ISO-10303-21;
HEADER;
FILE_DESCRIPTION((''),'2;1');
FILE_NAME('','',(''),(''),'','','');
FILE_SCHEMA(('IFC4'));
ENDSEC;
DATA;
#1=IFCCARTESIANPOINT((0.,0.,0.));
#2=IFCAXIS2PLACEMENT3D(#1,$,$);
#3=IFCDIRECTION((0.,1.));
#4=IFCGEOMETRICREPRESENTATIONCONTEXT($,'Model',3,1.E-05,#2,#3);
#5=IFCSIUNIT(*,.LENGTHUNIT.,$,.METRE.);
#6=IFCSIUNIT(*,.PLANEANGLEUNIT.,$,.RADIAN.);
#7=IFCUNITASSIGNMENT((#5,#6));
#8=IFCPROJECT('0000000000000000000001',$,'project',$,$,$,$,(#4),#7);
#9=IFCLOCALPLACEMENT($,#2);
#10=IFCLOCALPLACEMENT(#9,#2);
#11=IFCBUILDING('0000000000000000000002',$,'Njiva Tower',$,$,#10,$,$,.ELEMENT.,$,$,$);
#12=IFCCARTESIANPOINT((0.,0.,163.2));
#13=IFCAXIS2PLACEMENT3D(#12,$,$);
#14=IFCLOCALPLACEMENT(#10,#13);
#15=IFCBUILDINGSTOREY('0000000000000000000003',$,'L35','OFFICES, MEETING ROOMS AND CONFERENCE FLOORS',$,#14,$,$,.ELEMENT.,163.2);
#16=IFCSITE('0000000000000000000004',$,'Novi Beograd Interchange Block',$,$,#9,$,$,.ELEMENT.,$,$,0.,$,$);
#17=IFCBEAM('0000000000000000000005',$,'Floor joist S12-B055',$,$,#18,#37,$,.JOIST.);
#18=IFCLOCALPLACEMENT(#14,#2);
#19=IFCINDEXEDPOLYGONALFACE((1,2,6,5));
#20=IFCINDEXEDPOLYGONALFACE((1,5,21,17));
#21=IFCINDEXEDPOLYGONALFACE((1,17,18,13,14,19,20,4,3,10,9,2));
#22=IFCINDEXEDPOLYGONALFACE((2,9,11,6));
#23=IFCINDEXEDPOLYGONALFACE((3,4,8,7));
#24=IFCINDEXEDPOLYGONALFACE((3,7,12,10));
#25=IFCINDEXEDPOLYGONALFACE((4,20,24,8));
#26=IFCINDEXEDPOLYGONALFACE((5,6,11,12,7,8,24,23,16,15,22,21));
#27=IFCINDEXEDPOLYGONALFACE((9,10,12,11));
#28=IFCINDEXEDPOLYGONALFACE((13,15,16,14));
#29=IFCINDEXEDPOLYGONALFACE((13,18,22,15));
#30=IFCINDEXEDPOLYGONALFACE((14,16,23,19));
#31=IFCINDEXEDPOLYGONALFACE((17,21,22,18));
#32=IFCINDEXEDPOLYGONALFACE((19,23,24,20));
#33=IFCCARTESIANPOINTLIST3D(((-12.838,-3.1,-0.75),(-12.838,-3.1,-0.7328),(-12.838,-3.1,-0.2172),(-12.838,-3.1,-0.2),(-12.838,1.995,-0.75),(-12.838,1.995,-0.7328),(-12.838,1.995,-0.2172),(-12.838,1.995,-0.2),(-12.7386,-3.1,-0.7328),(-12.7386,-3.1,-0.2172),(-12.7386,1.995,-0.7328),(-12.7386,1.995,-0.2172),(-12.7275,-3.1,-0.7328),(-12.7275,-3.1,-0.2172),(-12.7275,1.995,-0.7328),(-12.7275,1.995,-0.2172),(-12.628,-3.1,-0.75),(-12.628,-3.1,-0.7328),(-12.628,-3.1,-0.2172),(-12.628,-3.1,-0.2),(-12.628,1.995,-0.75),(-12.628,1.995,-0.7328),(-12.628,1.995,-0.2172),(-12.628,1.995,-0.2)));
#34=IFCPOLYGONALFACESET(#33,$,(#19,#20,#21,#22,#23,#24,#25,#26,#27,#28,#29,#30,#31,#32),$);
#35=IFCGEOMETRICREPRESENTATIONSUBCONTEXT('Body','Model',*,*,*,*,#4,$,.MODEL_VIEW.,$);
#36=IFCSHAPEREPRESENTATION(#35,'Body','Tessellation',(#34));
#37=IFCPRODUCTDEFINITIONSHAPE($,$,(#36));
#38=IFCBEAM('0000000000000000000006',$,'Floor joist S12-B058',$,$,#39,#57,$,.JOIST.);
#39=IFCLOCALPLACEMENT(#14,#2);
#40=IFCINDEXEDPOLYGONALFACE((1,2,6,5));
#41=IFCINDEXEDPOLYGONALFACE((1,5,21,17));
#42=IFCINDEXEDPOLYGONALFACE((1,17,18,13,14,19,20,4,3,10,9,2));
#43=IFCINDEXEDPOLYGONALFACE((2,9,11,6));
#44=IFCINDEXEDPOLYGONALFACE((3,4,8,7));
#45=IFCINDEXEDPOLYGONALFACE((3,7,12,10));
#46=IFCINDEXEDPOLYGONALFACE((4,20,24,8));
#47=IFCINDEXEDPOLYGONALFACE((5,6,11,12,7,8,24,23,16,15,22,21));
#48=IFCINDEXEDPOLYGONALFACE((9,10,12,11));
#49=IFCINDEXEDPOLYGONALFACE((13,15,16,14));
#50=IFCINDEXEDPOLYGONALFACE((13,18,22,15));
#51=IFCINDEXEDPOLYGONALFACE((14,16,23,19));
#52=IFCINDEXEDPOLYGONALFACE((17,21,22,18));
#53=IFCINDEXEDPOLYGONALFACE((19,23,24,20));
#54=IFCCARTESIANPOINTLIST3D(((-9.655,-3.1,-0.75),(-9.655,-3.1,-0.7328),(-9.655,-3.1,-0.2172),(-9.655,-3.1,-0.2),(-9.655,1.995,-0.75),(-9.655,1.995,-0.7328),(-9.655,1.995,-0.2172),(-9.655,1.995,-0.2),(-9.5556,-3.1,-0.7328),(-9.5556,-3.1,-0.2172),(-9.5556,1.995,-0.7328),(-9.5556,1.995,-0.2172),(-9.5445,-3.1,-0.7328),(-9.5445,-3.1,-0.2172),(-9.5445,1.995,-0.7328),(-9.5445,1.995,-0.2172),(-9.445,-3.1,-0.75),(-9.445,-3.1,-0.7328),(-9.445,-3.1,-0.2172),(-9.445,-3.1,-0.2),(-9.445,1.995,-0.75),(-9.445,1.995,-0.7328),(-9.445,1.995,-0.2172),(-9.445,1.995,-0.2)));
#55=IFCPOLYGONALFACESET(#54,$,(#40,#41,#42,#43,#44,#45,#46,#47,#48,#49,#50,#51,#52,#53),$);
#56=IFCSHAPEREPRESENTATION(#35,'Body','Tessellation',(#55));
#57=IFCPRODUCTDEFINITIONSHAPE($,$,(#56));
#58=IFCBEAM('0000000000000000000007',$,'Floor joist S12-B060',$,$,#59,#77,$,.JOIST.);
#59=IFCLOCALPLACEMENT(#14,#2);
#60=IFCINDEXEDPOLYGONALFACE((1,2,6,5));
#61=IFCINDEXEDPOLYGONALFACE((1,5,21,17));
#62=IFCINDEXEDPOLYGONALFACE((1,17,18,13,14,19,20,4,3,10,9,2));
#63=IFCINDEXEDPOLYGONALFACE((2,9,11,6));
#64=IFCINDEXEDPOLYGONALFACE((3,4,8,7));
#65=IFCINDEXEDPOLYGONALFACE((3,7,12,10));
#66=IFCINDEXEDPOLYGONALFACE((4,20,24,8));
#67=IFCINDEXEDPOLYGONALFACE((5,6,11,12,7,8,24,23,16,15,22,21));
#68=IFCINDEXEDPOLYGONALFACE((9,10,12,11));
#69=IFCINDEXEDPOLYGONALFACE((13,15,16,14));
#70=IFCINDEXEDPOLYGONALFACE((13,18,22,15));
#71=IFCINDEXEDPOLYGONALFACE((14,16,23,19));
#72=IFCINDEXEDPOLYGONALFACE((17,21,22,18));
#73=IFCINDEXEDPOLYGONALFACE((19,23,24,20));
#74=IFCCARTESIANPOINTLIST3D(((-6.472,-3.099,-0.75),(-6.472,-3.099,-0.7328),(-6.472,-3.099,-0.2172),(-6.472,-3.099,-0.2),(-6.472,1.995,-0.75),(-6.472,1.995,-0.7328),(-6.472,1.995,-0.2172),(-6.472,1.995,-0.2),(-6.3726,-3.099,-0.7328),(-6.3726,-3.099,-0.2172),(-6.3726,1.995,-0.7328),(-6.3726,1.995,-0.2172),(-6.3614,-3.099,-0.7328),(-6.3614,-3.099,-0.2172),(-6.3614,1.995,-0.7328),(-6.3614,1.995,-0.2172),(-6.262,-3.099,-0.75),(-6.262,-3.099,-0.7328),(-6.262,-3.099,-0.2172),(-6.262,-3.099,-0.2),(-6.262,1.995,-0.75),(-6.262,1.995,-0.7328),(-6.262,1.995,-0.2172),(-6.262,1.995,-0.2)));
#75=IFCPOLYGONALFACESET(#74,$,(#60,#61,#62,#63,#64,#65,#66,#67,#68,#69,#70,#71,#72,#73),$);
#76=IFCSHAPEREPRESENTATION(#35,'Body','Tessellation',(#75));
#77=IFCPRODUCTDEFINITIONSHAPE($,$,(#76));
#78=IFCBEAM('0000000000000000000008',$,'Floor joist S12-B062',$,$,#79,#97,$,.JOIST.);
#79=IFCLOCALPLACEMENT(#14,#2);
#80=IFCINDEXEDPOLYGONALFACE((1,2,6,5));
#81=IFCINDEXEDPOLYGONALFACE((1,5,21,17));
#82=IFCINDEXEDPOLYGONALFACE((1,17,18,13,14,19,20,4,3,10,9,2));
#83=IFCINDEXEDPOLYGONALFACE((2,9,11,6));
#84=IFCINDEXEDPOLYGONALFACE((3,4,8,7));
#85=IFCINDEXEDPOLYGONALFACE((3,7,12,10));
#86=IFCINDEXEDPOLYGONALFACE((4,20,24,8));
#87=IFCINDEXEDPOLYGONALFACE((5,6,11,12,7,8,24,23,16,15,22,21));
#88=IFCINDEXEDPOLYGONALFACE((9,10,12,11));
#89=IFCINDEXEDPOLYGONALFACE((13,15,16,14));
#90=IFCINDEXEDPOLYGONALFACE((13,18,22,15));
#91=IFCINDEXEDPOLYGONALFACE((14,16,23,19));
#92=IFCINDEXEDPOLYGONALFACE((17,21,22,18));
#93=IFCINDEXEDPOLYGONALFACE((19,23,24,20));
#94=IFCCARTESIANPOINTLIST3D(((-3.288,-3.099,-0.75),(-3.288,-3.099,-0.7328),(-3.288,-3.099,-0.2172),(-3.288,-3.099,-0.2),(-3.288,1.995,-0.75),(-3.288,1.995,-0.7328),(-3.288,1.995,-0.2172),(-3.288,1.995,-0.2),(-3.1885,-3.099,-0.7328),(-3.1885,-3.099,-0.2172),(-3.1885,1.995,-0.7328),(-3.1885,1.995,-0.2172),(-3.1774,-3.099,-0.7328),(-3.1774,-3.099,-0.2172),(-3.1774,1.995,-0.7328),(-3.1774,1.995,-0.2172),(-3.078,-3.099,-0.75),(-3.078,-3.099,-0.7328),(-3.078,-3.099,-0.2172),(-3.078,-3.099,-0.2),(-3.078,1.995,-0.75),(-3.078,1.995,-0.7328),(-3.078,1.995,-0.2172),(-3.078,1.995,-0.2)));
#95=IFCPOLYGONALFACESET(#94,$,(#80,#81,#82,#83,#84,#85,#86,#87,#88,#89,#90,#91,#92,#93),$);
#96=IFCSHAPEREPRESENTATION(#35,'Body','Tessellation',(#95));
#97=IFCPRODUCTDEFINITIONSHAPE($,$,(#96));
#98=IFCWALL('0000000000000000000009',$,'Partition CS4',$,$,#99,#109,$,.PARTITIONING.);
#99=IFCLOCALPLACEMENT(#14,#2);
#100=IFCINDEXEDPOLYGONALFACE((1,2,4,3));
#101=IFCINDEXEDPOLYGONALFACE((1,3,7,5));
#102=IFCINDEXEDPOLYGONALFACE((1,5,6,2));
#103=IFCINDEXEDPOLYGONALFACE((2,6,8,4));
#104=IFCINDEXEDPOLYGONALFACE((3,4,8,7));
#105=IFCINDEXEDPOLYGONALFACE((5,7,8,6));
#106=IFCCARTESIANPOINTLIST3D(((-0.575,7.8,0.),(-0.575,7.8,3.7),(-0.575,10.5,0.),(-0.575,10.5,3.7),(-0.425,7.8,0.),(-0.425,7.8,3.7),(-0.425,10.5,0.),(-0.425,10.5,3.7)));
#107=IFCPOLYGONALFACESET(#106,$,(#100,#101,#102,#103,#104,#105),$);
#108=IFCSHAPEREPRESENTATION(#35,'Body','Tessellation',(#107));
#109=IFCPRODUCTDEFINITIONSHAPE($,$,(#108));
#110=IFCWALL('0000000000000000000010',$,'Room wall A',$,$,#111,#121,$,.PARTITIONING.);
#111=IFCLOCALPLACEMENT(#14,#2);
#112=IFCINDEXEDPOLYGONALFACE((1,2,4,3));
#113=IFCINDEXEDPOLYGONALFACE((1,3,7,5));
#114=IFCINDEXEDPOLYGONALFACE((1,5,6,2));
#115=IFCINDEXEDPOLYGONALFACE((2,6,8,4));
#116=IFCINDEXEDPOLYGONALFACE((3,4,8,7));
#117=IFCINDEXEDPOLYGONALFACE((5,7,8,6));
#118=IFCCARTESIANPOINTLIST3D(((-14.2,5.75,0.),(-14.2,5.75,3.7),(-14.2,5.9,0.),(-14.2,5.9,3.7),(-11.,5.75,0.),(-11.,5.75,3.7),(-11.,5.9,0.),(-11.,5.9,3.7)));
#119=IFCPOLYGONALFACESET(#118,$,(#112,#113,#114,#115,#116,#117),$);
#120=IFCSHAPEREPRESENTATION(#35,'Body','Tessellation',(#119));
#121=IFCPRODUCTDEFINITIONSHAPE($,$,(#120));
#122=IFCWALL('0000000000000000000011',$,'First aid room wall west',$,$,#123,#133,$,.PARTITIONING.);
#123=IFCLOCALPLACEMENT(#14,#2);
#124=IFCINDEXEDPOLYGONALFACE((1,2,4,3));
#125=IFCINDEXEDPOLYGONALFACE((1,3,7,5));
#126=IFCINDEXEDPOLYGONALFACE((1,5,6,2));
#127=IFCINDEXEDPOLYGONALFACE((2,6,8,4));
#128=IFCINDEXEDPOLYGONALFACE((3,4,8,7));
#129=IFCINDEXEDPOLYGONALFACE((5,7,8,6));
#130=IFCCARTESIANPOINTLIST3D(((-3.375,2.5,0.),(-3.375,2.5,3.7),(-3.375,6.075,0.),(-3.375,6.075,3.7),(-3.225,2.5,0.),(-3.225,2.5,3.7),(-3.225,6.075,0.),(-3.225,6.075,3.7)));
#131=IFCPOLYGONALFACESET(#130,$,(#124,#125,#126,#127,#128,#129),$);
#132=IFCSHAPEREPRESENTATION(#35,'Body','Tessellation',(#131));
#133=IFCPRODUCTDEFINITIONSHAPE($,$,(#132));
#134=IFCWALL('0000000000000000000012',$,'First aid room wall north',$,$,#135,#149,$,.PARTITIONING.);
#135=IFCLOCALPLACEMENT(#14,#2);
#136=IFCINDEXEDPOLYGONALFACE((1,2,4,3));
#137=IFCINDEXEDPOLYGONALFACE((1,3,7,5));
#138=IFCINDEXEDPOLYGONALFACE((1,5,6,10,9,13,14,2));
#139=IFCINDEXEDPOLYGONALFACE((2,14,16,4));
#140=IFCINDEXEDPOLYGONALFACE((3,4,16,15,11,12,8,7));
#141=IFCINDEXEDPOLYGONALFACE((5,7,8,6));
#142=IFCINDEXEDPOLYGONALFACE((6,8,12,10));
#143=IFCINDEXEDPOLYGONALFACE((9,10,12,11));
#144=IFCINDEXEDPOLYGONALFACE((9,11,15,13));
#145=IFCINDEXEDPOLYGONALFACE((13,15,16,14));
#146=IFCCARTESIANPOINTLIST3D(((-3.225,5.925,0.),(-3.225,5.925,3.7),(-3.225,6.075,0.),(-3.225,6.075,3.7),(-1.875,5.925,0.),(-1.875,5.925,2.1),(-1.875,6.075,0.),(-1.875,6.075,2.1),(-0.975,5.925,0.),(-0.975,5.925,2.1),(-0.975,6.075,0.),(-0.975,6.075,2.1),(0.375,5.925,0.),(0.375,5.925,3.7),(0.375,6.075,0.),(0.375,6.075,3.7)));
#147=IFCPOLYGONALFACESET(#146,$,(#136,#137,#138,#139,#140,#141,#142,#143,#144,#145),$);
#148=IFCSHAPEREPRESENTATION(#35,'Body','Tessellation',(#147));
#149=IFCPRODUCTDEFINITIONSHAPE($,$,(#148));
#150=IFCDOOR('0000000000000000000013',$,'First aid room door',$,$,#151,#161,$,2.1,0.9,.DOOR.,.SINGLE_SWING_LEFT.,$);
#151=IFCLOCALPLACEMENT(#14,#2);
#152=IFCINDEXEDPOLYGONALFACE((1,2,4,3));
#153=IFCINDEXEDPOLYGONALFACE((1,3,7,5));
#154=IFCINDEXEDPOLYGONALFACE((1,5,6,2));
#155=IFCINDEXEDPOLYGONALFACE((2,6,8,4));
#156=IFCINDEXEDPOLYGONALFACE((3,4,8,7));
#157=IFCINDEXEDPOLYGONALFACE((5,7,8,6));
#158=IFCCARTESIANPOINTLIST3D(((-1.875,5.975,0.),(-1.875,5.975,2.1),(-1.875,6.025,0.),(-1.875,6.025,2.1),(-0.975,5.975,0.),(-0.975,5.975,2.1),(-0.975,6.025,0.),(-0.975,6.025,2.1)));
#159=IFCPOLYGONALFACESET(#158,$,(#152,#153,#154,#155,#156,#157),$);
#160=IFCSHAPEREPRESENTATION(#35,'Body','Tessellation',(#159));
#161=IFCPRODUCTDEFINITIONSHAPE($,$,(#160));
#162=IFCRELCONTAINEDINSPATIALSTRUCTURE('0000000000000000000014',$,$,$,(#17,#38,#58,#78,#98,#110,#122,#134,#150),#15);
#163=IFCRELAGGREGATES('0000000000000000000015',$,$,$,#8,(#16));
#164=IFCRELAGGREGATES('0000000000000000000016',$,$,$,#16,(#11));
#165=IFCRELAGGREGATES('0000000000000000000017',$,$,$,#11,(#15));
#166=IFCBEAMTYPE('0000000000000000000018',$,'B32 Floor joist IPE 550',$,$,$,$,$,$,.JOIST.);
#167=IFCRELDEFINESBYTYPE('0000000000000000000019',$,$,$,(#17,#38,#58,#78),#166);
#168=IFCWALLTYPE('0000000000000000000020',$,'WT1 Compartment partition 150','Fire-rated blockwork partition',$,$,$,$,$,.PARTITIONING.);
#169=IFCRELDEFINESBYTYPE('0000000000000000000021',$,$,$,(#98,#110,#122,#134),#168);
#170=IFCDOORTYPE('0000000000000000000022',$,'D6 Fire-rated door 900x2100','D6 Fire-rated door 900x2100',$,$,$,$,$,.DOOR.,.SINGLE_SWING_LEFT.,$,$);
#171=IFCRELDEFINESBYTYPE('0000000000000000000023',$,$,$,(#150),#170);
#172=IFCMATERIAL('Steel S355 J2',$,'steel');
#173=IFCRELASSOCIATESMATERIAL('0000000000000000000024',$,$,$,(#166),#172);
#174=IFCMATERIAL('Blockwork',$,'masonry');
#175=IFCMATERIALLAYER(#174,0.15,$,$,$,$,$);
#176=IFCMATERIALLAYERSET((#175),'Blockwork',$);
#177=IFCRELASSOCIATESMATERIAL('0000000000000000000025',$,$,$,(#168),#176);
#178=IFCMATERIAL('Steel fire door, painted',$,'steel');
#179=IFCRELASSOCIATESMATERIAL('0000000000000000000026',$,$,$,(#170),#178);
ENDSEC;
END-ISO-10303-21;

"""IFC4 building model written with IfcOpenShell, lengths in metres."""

from ifc_helpers import new_model, si_unit, direction, frame, frame_2d, origin, origin_2d, place, context, subcontext, project, spatial, rectangle, i_section, extrude, material, layer, layer_set, material_profile, profile_set, type_object, element, fill, save


model = new_model("IFC4")

# Units and contexts
model_context = context("Model", 3, precision=1e-05, world=origin(), true_north=direction((0.0, 1.0)))
body_context = subcontext(model_context, "Body", "Model", "MODEL_VIEW")
ifc_project = project(units=[si_unit("LENGTHUNIT", "METRE"), si_unit("PLANEANGLEUNIT", "RADIAN")], contexts=[model_context])

# Site, building, storey
site_placement = place(None, origin())
site = spatial("IfcSite", under=ifc_project, at=site_placement, Name="Novi Beograd Interchange Block", CompositionType="ELEMENT", RefElevation=0.0)
building_placement = place(site_placement, origin())
building = spatial("IfcBuilding", under=site, at=building_placement, Name="Njiva Tower", CompositionType="ELEMENT")
storey_placement = place(building_placement, frame((0.0, 0.0, 163.2)))
storey = spatial("IfcBuildingStorey", under=building, at=storey_placement, Name="L35", Description="OFFICES, MEETING ROOMS AND CONFERENCE FLOORS", CompositionType="ELEMENT", Elevation=163.2)

# Beams
ifc_material_1 = material(Name="Steel S355 J2", Category="steel")
ifc_material_profile = material_profile(ifc_material_1, i_section(OverallWidth=0.21, OverallDepth=0.55, WebThickness=0.0111, FlangeThickness=0.0172, at=origin_2d()), Name="IPE 550")
ifc_profile_set = profile_set([ifc_material_profile], Name="Steel S355 J2")
beam_type = type_object("IfcBeamType", Name="B32 Floor joist IPE 550", PredefinedType="JOIST", material=ifc_profile_set)
for number, where, z_axis, x_axis, name in (
    (1, (-12.733, 1.995, -0.475), (0.0, -1.0, 0.0), (1.0, 0.0, 0.0), "Floor joist S12-B055"),
    (2, (-9.55, 1.995, -0.475), (0.0, -1.0, 0.0), (1.0, 0.0, 0.0), "Floor joist S12-B058"),
):
    element("IfcBeam", number, at=place(storey_placement, frame(where, z_axis=z_axis, x_axis=x_axis)), inside=storey, type_object=beam_type, Name=name, PredefinedType="JOIST", context=body_context, shape_type="SweptSolid", body=[
        extrude(i_section(OverallWidth=0.21, OverallDepth=0.55, WebThickness=0.0111, FlangeThickness=0.0172, at=origin_2d()), origin(), (0.0, 0.0, 1.0), 5.095),
    ])
for number, where, z_axis, x_axis, name in (
    (3, (-6.367, 1.995, -0.475), (0.0, -1.0, 0.0), (1.0, 0.0, 0.0), "Floor joist S12-B060"),
    (4, (-3.183, 1.995, -0.475), (0.0, -1.0, 0.0), (1.0, 0.0, 0.0), "Floor joist S12-B062"),
):
    element("IfcBeam", number, at=place(storey_placement, frame(where, z_axis=z_axis, x_axis=x_axis)), inside=storey, type_object=beam_type, Name=name, PredefinedType="JOIST", context=body_context, shape_type="SweptSolid", body=[
        extrude(i_section(OverallWidth=0.21, OverallDepth=0.55, WebThickness=0.0111, FlangeThickness=0.0172, at=origin_2d()), origin(), (0.0, 0.0, 1.0), 5.094),
    ])

# Walls
ifc_material_2 = material(Name="Blockwork", Category="masonry")
ifc_layer_1 = layer(ifc_material_2, 0.15)
ifc_layer_set_1 = layer_set([ifc_layer_1], Name="Blockwork")
wall_type_1 = type_object("IfcWallType", Name="WT1 Compartment partition 150", Description="Fire-rated blockwork partition", PredefinedType="PARTITIONING", material=ifc_layer_set_1)
wall_1_placement = place(storey_placement, frame((-0.5, 7.8, 0.0), z_axis=(0.0, 0.0, 1.0), x_axis=(0.0, 1.0, 0.0)))
element("IfcWall", 5, at=wall_1_placement, inside=storey, type_object=wall_type_1, Name="Partition CS4", PredefinedType="PARTITIONING", context=body_context, shape_type="SweptSolid", body=[
    extrude(rectangle(XDim=2.7, YDim=0.15, at=frame_2d((1.35, 0.0))), origin(), (0.0, 0.0, 1.0), 3.7),
])
wall_2_placement = place(storey_placement, frame((-14.2, 5.825, 0.0), z_axis=(0.0, 0.0, 1.0), x_axis=(1.0, 0.0, 0.0)))
element("IfcWall", 6, at=wall_2_placement, inside=storey, type_object=wall_type_1, Name="Room wall A", PredefinedType="PARTITIONING", context=body_context, shape_type="SweptSolid", body=[
    extrude(rectangle(XDim=3.2, YDim=0.15, at=frame_2d((1.6, 0.0))), origin(), (0.0, 0.0, 1.0), 3.7),
])
wall_3_placement = place(storey_placement, frame((-3.3, 2.5, 0.0), z_axis=(0.0, 0.0, 1.0), x_axis=(0.0, 1.0, 0.0)))
element("IfcWall", 7, at=wall_3_placement, inside=storey, type_object=wall_type_1, Name="First aid room wall west", PredefinedType="PARTITIONING", context=body_context, shape_type="SweptSolid", body=[
    extrude(rectangle(XDim=3.575, YDim=0.15, at=frame_2d((1.7875, 0.0))), origin(), (0.0, 0.0, 1.0), 3.7),
])

# Wall, opening, door
wall_4_placement = place(storey_placement, frame((-3.225, 6.0, 0.0), z_axis=(0.0, 0.0, 1.0), x_axis=(1.0, 0.0, 0.0)))
wall_4 = element("IfcWall", 8, at=wall_4_placement, inside=storey, type_object=wall_type_1, Name="First aid room wall north", PredefinedType="PARTITIONING", context=body_context, shape_type="SweptSolid", body=[
    extrude(rectangle(XDim=3.6, YDim=0.15, at=frame_2d((1.8, 0.0))), origin(), (0.0, 0.0, 1.0), 3.7),
])
opening_1_placement = place(wall_4_placement, frame((1.35, 0.0, 0.0)))
opening_1 = element("IfcOpeningElement", 9, at=opening_1_placement, cuts=wall_4, PredefinedType="OPENING", context=body_context, shape_type="SweptSolid", body=[
    extrude(rectangle(XDim=0.9, YDim=2.1, at=frame_2d((0.45, 1.05))), frame((0.0, 0.085, 0.0), z_axis=(0.0, -1.0, 0.0), x_axis=(1.0, 0.0, 0.0)), (0.0, 0.0, 1.0), 0.17),
])
ifc_material_3 = material(Name="Steel fire door, painted", Category="steel")
door_type_1 = type_object("IfcDoorType", Name="D6 Fire-rated door 900x2100", Description="D6 Fire-rated door 900x2100", OperationType="SINGLE_SWING_LEFT", PredefinedType="DOOR", material=ifc_material_3)
door_1_placement = place(opening_1_placement, origin())
door_1 = element("IfcDoor", 10, at=door_1_placement, inside=storey, type_object=door_type_1, Name="First aid room door", OperationType="SINGLE_SWING_LEFT", OverallHeight=2.1, OverallWidth=0.9, PredefinedType="DOOR", context=body_context, shape_type="SweptSolid", body=[
    extrude(rectangle(XDim=0.9, YDim=2.1, at=frame_2d((0.45, 1.05))), frame((0.0, 0.025, 0.0), z_axis=(0.0, -1.0, 0.0), x_axis=(1.0, 0.0, 0.0)), (0.0, 0.0, 1.0), 0.05),
])
fill(opening_1, door_1)

save(model, "model.ifc")
